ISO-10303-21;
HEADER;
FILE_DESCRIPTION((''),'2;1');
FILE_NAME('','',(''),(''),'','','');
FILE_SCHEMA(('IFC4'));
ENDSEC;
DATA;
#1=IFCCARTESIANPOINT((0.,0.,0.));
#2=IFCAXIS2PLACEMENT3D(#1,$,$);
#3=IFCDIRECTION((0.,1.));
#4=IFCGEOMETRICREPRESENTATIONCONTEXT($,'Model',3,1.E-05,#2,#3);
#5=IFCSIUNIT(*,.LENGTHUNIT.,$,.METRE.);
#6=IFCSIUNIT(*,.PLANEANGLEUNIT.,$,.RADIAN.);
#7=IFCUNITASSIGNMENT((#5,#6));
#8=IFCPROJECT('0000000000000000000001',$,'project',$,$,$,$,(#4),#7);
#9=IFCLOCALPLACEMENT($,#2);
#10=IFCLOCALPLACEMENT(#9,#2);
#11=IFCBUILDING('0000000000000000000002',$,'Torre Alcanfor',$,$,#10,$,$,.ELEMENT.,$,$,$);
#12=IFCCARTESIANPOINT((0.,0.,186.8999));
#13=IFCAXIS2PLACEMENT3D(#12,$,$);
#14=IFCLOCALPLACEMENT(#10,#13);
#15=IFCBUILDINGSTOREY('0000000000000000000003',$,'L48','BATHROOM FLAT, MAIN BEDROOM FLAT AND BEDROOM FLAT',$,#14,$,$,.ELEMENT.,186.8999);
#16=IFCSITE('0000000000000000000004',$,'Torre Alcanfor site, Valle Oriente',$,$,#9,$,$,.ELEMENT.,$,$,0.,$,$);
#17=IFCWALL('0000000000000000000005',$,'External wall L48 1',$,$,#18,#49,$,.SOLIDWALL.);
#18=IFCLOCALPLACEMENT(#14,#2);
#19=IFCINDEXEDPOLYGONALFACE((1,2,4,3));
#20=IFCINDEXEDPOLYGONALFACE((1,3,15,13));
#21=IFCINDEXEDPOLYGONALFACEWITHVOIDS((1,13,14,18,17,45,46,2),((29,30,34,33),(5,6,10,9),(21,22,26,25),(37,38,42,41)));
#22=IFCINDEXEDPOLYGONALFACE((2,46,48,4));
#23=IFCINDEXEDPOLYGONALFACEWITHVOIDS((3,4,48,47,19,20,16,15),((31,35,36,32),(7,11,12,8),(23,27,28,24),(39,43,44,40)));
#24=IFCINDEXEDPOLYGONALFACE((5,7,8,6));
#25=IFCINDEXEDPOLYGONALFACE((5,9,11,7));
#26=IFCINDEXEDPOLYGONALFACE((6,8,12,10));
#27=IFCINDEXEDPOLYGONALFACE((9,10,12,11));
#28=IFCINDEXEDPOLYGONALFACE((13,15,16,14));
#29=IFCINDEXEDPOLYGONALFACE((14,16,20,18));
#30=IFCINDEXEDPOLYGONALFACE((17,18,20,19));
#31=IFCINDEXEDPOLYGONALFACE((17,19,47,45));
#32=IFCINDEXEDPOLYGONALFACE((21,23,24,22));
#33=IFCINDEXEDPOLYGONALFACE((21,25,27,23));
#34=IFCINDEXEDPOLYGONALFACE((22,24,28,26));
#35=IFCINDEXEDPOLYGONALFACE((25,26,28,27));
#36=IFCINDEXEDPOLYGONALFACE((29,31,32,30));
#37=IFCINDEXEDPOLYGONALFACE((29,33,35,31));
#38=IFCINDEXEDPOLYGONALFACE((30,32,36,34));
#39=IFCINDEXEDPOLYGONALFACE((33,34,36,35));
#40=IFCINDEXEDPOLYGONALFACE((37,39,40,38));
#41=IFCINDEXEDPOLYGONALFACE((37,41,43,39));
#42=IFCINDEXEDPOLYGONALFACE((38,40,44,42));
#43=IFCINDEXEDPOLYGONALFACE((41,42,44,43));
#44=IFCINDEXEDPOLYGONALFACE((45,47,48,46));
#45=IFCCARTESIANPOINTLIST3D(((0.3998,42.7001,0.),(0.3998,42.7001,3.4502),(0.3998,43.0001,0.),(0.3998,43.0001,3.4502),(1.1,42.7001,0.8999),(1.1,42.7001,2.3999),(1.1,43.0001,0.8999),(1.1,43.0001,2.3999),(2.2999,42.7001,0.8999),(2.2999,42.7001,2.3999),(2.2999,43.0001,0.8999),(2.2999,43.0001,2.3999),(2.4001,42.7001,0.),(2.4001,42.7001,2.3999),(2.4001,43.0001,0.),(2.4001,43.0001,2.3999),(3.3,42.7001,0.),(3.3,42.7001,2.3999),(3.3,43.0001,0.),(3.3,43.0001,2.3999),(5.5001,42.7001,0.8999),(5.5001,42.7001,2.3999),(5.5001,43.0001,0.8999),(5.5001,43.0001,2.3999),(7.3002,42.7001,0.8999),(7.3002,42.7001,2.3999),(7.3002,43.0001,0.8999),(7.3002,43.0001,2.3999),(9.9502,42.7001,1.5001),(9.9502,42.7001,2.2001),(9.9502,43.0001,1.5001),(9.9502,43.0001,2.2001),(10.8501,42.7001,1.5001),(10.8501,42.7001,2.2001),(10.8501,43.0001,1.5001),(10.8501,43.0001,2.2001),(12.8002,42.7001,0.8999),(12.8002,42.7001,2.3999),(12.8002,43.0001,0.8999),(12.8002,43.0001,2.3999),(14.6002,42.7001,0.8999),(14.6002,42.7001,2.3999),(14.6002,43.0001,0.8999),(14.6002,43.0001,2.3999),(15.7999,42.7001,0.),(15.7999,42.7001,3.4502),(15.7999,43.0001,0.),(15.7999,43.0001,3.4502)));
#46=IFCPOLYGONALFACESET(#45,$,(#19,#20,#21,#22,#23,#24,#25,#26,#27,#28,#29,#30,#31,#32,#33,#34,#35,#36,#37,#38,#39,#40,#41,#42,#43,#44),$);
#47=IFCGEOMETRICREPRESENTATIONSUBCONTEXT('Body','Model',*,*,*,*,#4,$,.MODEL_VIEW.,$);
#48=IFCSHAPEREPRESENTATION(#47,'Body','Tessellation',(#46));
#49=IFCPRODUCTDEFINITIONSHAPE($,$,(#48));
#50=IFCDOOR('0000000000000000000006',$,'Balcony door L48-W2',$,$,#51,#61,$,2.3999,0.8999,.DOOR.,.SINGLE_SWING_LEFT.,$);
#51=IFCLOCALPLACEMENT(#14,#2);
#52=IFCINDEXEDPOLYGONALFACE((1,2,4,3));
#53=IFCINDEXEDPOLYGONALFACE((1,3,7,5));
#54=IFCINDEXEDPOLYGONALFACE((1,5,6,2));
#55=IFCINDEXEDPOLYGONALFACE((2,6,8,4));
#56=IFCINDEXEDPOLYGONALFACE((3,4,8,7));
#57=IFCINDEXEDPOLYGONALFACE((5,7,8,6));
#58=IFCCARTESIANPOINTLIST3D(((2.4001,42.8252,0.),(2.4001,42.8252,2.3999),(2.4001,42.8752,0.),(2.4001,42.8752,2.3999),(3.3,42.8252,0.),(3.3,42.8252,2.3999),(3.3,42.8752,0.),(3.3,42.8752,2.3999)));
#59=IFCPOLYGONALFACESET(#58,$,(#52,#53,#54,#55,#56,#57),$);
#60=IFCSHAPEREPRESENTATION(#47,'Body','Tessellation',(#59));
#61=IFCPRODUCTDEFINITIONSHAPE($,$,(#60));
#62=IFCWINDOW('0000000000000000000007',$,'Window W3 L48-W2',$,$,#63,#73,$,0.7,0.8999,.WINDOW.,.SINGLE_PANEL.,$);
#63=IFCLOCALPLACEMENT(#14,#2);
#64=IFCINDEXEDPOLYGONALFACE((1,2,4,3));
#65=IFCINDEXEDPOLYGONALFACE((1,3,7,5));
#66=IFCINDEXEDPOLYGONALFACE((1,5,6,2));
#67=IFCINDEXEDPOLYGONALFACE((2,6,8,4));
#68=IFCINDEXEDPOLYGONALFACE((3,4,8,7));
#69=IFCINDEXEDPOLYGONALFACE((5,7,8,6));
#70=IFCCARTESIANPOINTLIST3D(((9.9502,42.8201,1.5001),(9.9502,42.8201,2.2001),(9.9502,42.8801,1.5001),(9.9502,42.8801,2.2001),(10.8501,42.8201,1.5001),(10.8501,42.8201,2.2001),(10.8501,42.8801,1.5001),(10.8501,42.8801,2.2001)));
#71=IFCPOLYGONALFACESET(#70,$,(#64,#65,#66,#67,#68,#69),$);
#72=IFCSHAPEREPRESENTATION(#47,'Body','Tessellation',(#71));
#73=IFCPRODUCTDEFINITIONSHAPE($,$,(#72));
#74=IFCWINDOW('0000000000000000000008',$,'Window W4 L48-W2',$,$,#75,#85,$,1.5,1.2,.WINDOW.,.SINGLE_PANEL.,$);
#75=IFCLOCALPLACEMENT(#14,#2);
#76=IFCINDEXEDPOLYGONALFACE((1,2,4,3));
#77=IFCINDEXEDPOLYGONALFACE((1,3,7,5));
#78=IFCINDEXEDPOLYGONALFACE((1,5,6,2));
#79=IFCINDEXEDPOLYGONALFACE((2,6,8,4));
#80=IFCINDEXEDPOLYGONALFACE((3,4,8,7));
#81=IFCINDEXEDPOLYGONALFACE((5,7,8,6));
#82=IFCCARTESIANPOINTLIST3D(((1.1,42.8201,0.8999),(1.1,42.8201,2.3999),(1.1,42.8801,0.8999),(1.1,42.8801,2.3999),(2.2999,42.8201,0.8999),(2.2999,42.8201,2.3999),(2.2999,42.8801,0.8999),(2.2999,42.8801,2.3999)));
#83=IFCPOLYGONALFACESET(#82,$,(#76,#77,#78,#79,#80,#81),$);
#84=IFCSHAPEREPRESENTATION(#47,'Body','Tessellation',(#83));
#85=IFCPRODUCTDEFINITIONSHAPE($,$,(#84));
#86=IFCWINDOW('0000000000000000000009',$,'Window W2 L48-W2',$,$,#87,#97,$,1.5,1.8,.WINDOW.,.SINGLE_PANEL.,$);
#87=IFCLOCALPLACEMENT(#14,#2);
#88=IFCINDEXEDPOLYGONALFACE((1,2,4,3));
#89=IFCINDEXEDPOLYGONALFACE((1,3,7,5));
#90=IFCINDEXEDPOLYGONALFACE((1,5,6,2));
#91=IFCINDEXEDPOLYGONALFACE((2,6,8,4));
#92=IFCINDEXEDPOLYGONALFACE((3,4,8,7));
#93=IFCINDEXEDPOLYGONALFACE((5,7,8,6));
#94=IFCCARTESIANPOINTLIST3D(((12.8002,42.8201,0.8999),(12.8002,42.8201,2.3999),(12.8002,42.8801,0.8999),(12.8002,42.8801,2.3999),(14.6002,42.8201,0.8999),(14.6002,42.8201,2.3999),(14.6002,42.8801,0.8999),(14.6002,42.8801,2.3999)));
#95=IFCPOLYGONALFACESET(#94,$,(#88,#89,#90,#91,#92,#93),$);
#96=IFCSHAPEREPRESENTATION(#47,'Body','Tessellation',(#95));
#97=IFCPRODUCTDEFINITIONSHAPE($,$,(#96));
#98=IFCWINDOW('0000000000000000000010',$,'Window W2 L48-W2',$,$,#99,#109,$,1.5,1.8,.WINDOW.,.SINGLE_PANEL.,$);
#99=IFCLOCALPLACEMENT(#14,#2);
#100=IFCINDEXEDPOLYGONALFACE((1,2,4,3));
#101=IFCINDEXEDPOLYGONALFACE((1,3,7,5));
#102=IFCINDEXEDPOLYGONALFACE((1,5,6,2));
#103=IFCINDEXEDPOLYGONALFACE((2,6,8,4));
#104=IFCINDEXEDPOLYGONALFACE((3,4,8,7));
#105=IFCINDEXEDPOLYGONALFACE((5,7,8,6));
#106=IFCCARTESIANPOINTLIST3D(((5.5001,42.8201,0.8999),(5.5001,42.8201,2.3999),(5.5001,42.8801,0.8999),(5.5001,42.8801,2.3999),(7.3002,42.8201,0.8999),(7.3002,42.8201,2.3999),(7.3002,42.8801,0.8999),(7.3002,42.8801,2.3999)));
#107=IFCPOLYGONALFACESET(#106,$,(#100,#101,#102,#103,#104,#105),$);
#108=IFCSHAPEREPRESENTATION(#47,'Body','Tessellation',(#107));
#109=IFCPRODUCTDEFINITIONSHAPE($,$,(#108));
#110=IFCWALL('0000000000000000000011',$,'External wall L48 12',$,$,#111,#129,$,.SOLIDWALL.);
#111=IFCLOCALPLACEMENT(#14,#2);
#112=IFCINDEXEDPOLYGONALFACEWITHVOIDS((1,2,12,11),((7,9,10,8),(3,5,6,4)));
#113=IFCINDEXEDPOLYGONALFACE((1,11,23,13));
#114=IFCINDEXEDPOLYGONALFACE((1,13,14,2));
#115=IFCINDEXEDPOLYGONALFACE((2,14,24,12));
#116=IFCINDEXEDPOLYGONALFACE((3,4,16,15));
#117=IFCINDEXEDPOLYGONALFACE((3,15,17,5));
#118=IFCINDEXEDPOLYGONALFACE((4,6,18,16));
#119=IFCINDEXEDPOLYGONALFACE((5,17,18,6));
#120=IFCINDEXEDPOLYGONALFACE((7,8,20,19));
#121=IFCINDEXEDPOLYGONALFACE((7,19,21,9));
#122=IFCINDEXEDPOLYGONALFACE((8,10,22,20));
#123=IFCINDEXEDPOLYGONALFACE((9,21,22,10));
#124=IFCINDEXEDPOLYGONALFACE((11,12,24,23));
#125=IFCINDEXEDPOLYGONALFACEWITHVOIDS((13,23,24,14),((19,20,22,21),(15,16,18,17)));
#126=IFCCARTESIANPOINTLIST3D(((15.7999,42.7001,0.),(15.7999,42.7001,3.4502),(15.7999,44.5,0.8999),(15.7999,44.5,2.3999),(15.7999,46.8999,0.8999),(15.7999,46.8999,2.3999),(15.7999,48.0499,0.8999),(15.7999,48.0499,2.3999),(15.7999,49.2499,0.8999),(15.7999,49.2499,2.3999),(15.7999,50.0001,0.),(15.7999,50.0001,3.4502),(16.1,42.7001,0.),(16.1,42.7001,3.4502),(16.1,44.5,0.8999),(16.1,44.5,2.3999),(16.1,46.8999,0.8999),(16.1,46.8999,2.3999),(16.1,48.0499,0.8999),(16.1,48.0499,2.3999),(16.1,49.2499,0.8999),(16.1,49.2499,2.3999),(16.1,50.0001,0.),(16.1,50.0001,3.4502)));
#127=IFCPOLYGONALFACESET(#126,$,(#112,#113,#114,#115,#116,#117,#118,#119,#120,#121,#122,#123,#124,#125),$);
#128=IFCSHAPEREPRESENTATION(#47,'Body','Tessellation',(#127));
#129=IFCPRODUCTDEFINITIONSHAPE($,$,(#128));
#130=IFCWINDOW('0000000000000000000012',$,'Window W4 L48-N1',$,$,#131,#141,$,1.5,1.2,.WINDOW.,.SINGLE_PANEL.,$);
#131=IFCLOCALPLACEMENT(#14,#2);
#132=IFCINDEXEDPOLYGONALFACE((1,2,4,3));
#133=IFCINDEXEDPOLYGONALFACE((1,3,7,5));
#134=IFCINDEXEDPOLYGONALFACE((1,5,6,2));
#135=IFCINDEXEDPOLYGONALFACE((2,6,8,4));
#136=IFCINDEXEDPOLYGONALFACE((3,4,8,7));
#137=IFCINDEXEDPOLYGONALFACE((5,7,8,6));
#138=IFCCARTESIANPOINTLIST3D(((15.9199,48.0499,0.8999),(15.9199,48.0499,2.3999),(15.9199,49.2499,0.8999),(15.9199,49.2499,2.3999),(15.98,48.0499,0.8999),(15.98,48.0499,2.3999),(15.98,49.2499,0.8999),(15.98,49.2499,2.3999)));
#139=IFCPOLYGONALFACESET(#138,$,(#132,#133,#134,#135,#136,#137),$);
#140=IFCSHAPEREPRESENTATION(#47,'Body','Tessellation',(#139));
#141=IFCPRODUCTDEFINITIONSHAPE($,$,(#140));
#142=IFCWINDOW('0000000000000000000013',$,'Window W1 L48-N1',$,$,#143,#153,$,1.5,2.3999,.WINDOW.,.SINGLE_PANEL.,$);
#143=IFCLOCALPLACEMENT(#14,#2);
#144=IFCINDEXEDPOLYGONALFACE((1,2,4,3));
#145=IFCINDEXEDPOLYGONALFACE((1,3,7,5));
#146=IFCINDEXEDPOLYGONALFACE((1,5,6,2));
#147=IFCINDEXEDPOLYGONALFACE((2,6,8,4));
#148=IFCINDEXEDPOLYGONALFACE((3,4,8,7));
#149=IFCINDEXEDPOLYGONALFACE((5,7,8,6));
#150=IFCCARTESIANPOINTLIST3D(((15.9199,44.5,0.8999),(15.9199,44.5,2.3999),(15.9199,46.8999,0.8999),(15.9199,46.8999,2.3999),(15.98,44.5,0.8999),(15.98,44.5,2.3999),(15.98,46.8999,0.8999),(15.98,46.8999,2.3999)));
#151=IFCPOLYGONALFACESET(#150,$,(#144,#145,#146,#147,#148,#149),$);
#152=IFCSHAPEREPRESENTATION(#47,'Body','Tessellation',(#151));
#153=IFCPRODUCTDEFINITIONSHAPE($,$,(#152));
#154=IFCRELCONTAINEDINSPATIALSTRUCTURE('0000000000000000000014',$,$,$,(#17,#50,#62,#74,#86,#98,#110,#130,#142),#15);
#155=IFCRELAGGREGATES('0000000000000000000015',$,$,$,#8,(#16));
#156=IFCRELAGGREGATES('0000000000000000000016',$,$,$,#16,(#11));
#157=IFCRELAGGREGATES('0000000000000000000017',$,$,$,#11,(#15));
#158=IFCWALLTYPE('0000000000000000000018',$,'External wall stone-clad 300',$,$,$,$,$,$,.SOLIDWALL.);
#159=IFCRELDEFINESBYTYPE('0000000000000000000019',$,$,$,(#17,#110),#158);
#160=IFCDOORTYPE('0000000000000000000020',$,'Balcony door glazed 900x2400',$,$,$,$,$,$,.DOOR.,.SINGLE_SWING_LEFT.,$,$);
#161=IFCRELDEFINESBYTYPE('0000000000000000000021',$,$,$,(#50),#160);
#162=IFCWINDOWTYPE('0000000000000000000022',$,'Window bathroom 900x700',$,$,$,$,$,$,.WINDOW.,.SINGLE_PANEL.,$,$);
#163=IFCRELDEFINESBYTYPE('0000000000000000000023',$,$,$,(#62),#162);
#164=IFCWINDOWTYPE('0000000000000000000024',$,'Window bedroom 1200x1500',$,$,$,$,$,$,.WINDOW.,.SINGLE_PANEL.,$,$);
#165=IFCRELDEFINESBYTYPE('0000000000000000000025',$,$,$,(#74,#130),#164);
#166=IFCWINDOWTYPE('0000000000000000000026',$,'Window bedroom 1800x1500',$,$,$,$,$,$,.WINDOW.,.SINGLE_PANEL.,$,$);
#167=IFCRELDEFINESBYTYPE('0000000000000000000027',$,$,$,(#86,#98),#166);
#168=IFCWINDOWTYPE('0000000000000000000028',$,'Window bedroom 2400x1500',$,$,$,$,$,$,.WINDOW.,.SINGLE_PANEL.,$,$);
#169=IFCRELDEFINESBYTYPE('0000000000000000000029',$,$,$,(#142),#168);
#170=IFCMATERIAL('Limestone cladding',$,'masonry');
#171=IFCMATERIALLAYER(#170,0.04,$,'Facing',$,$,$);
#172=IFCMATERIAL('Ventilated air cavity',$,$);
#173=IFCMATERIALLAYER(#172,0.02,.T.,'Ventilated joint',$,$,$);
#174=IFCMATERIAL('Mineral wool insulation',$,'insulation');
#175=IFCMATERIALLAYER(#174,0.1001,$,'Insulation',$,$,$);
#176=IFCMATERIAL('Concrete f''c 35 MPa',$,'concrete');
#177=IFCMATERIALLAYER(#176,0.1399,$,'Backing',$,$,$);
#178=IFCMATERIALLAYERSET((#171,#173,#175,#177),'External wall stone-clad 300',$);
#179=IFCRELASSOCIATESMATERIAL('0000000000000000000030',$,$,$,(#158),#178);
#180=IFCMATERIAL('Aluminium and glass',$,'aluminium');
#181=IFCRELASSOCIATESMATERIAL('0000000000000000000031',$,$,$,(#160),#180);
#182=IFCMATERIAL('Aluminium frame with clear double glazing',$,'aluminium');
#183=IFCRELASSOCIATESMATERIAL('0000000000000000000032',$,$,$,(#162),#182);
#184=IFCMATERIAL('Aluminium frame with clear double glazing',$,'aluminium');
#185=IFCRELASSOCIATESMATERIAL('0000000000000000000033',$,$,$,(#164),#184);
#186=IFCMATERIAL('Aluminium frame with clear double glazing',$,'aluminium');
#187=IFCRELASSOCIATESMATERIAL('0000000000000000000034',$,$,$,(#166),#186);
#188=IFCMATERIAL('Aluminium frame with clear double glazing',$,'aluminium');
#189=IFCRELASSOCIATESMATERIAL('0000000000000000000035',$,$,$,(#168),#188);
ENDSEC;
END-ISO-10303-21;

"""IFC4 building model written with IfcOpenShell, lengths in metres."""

from ifc_helpers import new_model, si_unit, direction, frame, frame_2d, origin, place, context, subcontext, project, spatial, rectangle, extrude, material, layer, layer_set, type_object, element, fill, save


model = new_model("IFC4")

# Units and contexts
model_context = context("Model", 3, precision=1e-05, world=origin(), true_north=direction((0.0, 1.0)))
body_context = subcontext(model_context, "Body", "Model", "MODEL_VIEW")
ifc_project = project(units=[si_unit("LENGTHUNIT", "METRE"), si_unit("PLANEANGLEUNIT", "RADIAN")], contexts=[model_context])

# Site, building, storey
site_placement = place(None, origin())
site = spatial("IfcSite", under=ifc_project, at=site_placement, Name="Torre Alcanfor site, Valle Oriente", CompositionType="ELEMENT", RefElevation=0.0)
building_placement = place(site_placement, origin())
building = spatial("IfcBuilding", under=site, at=building_placement, Name="Torre Alcanfor", CompositionType="ELEMENT")
storey_placement = place(building_placement, frame((0.0, 0.0, 186.8999)))
storey = spatial("IfcBuildingStorey", under=building, at=storey_placement, Name="L48", Description="BATHROOM FLAT, MAIN BEDROOM FLAT AND BEDROOM FLAT", CompositionType="ELEMENT", Elevation=186.8999)

# Wall, openings, door, windows
ifc_material_1 = material(Name="Limestone cladding", Category="masonry")
ifc_layer_1 = layer(ifc_material_1, 0.04, Name="Facing")
ifc_material_2 = material(Name="Ventilated air cavity")
ifc_layer_2 = layer(ifc_material_2, 0.02, ventilated=True, Name="Ventilated joint")
ifc_material_3 = material(Name="Mineral wool insulation", Category="insulation")
ifc_layer_3 = layer(ifc_material_3, 0.1001, Name="Insulation")
ifc_material_4 = material(Name="Concrete f'c 35 MPa", Category="concrete")
ifc_layer_4 = layer(ifc_material_4, 0.1399, Name="Backing")
ifc_layer_set_1 = layer_set([ifc_layer_1, ifc_layer_2, ifc_layer_3, ifc_layer_4], Name="External wall stone-clad 300")
wall_type_1 = type_object("IfcWallType", Name="External wall stone-clad 300", PredefinedType="SOLIDWALL", material=ifc_layer_set_1)
wall_1_placement = place(storey_placement, frame((15.8, 42.8501, 0.0), z_axis=(0.0, 0.0, 1.0), x_axis=(-1.0, 0.0, 0.0)))
wall_1 = element("IfcWall", 1, at=wall_1_placement, inside=storey, type_object=wall_type_1, Name="External wall L48 1", PredefinedType="SOLIDWALL", context=body_context, shape_type="SweptSolid", body=[
    extrude(rectangle(XDim=15.4001, YDim=0.3, at=frame_2d((7.7002, 0.0))), origin(), (0.0, 0.0, 1.0), 3.4502),
])
opening_1_placement = place(wall_1_placement, frame((1.2, 0.0, 0.8999)))
opening_1 = element("IfcOpeningElement", 2, at=opening_1_placement, cuts=wall_1, PredefinedType="OPENING", context=body_context, shape_type="SweptSolid", body=[
    extrude(rectangle(XDim=1.8, YDim=1.5, at=frame_2d((0.8999, 0.75))), frame((0.0, 0.1599, 0.0), z_axis=(0.0, -1.0, 0.0), x_axis=(1.0, 0.0, 0.0)), (0.0, 0.0, 1.0), 0.3201),
])
opening_2_placement = place(wall_1_placement, frame((4.95, 0.0, 1.5)))
opening_2 = element("IfcOpeningElement", 3, at=opening_2_placement, cuts=wall_1, PredefinedType="OPENING", context=body_context, shape_type="SweptSolid", body=[
    extrude(rectangle(XDim=0.8999, YDim=0.7, at=frame_2d((0.45, 0.3501))), frame((0.0, 0.1599, 0.0), z_axis=(0.0, -1.0, 0.0), x_axis=(1.0, 0.0, 0.0)), (0.0, 0.0, 1.0), 0.3201),
])
opening_3_placement = place(wall_1_placement, frame((8.5, 0.0, 0.8999)))
opening_3 = element("IfcOpeningElement", 4, at=opening_3_placement, cuts=wall_1, PredefinedType="OPENING", context=body_context, shape_type="SweptSolid", body=[
    extrude(rectangle(XDim=1.8, YDim=1.5, at=frame_2d((0.8999, 0.75))), frame((0.0, 0.1599, 0.0), z_axis=(0.0, -1.0, 0.0), x_axis=(1.0, 0.0, 0.0)), (0.0, 0.0, 1.0), 0.3201),
])
opening_4_placement = place(wall_1_placement, frame((12.5, 0.0, 0.0)))
opening_4 = element("IfcOpeningElement", 5, at=opening_4_placement, cuts=wall_1, PredefinedType="OPENING", context=body_context, shape_type="SweptSolid", body=[
    extrude(rectangle(XDim=0.8999, YDim=2.3999, at=frame_2d((0.45, 1.2))), frame((0.0, 0.1599, 0.0), z_axis=(0.0, -1.0, 0.0), x_axis=(1.0, 0.0, 0.0)), (0.0, 0.0, 1.0), 0.3201),
])
opening_5_placement = place(wall_1_placement, frame((13.5, 0.0, 0.8999)))
opening_5 = element("IfcOpeningElement", 6, at=opening_5_placement, cuts=wall_1, PredefinedType="OPENING", context=body_context, shape_type="SweptSolid", body=[
    extrude(rectangle(XDim=1.2, YDim=1.5, at=frame_2d((0.6001, 0.75))), frame((0.0, 0.1599, 0.0), z_axis=(0.0, -1.0, 0.0), x_axis=(1.0, 0.0, 0.0)), (0.0, 0.0, 1.0), 0.3201),
])
ifc_material_5 = material(Name="Aluminium and glass", Category="aluminium")
door_type = type_object("IfcDoorType", Name="Balcony door glazed 900x2400", OperationType="SINGLE_SWING_LEFT", PredefinedType="DOOR", material=ifc_material_5)
door_placement = place(opening_4_placement, origin())
door = element("IfcDoor", 7, at=door_placement, inside=storey, type_object=door_type, Name="Balcony door L48-W2", OperationType="SINGLE_SWING_LEFT", OverallHeight=2.3999, OverallWidth=0.8999, PredefinedType="DOOR", context=body_context, shape_type="SweptSolid", body=[
    extrude(rectangle(XDim=0.8999, YDim=2.3999, at=frame_2d((0.45, 1.2))), frame((0.0, 0.0249, 0.0), z_axis=(0.0, -1.0, 0.0), x_axis=(1.0, 0.0, 0.0)), (0.0, 0.0, 1.0), 0.05),
])
fill(opening_4, door)
ifc_material_6 = material(Name="Aluminium frame with clear double glazing", Category="aluminium")
window_type_1 = type_object("IfcWindowType", Name="Window bathroom 900x700", PartitioningType="SINGLE_PANEL", PredefinedType="WINDOW", material=ifc_material_6)
window_1_placement = place(opening_2_placement, origin())
window_1 = element("IfcWindow", 8, at=window_1_placement, inside=storey, type_object=window_type_1, Name="Window W3 L48-W2", OverallHeight=0.7, OverallWidth=0.8999, PartitioningType="SINGLE_PANEL", PredefinedType="WINDOW", context=body_context, shape_type="SweptSolid", body=[
    extrude(rectangle(XDim=0.8999, YDim=0.7, at=frame_2d((0.45, 0.3501))), frame((0.0, 0.03, 0.0), z_axis=(0.0, -1.0, 0.0), x_axis=(1.0, 0.0, 0.0)), (0.0, 0.0, 1.0), 0.0601),
])
fill(opening_2, window_1)
ifc_material_7 = material(Name="Aluminium frame with clear double glazing", Category="aluminium")
window_type_2 = type_object("IfcWindowType", Name="Window bedroom 1200x1500", PartitioningType="SINGLE_PANEL", PredefinedType="WINDOW", material=ifc_material_7)
window_2_placement = place(opening_5_placement, origin())
window_2 = element("IfcWindow", 9, at=window_2_placement, inside=storey, type_object=window_type_2, Name="Window W4 L48-W2", OverallHeight=1.5, OverallWidth=1.2, PartitioningType="SINGLE_PANEL", PredefinedType="WINDOW", context=body_context, shape_type="SweptSolid", body=[
    extrude(rectangle(XDim=1.2, YDim=1.5, at=frame_2d((0.6001, 0.75))), frame((0.0, 0.03, 0.0), z_axis=(0.0, -1.0, 0.0), x_axis=(1.0, 0.0, 0.0)), (0.0, 0.0, 1.0), 0.0601),
])
fill(opening_5, window_2)
ifc_material_8 = material(Name="Aluminium frame with clear double glazing", Category="aluminium")
window_type_3 = type_object("IfcWindowType", Name="Window bedroom 1800x1500", PartitioningType="SINGLE_PANEL", PredefinedType="WINDOW", material=ifc_material_8)
window_3_placement = place(opening_1_placement, origin())
window_3 = element("IfcWindow", 10, at=window_3_placement, inside=storey, type_object=window_type_3, Name="Window W2 L48-W2", OverallHeight=1.5, OverallWidth=1.8, PartitioningType="SINGLE_PANEL", PredefinedType="WINDOW", context=body_context, shape_type="SweptSolid", body=[
    extrude(rectangle(XDim=1.8, YDim=1.5, at=frame_2d((0.8999, 0.75))), frame((0.0, 0.03, 0.0), z_axis=(0.0, -1.0, 0.0), x_axis=(1.0, 0.0, 0.0)), (0.0, 0.0, 1.0), 0.0601),
])
fill(opening_1, window_3)
window_4_placement = place(opening_3_placement, origin())
window_4 = element("IfcWindow", 11, at=window_4_placement, inside=storey, type_object=window_type_3, Name="Window W2 L48-W2", OverallHeight=1.5, OverallWidth=1.8, PartitioningType="SINGLE_PANEL", PredefinedType="WINDOW", context=body_context, shape_type="SweptSolid", body=[
    extrude(rectangle(XDim=1.8, YDim=1.5, at=frame_2d((0.8999, 0.75))), frame((0.0, 0.03, 0.0), z_axis=(0.0, -1.0, 0.0), x_axis=(1.0, 0.0, 0.0)), (0.0, 0.0, 1.0), 0.0601),
])
fill(opening_3, window_4)

# Wall, openings, windows
wall_2_placement = place(storey_placement, frame((15.95, 50.0, 0.0), z_axis=(0.0, 0.0, 1.0), x_axis=(0.0, -1.0, 0.0)))
wall_2 = element("IfcWall", 12, at=wall_2_placement, inside=storey, type_object=wall_type_1, Name="External wall L48 12", PredefinedType="SOLIDWALL", context=body_context, shape_type="SweptSolid", body=[
    extrude(rectangle(XDim=7.3, YDim=0.3, at=frame_2d((3.6499, 0.0))), origin(), (0.0, 0.0, 1.0), 3.4502),
])
opening_6_placement = place(wall_2_placement, frame((3.1001, 0.0, 0.8999)))
opening_6 = element("IfcOpeningElement", 13, at=opening_6_placement, cuts=wall_2, PredefinedType="OPENING", context=body_context, shape_type="SweptSolid", body=[
    extrude(rectangle(XDim=2.3999, YDim=1.5, at=frame_2d((1.2, 0.75))), frame((0.0, 0.1599, 0.0), z_axis=(0.0, -1.0, 0.0), x_axis=(1.0, 0.0, 0.0)), (0.0, 0.0, 1.0), 0.3201),
])
opening_7_placement = place(wall_2_placement, frame((0.75, 0.0, 0.8999)))
opening_7 = element("IfcOpeningElement", 14, at=opening_7_placement, cuts=wall_2, PredefinedType="OPENING", context=body_context, shape_type="SweptSolid", body=[
    extrude(rectangle(XDim=1.2, YDim=1.5, at=frame_2d((0.6001, 0.75))), frame((0.0, 0.1599, 0.0), z_axis=(0.0, -1.0, 0.0), x_axis=(1.0, 0.0, 0.0)), (0.0, 0.0, 1.0), 0.3201),
])
window_5_placement = place(opening_7_placement, origin())
window_5 = element("IfcWindow", 15, at=window_5_placement, inside=storey, type_object=window_type_2, Name="Window W4 L48-N1", OverallHeight=1.5, OverallWidth=1.2, PartitioningType="SINGLE_PANEL", PredefinedType="WINDOW", context=body_context, shape_type="SweptSolid", body=[
    extrude(rectangle(XDim=1.2, YDim=1.5, at=frame_2d((0.6001, 0.75))), frame((0.0, 0.03, 0.0), z_axis=(0.0, -1.0, 0.0), x_axis=(1.0, 0.0, 0.0)), (0.0, 0.0, 1.0), 0.0601),
])
fill(opening_7, window_5)
ifc_material_9 = material(Name="Aluminium frame with clear double glazing", Category="aluminium")
window_type_4 = type_object("IfcWindowType", Name="Window bedroom 2400x1500", PartitioningType="SINGLE_PANEL", PredefinedType="WINDOW", material=ifc_material_9)
window_6_placement = place(opening_6_placement, origin())
window_6 = element("IfcWindow", 16, at=window_6_placement, inside=storey, type_object=window_type_4, Name="Window W1 L48-N1", OverallHeight=1.5, OverallWidth=2.3999, PartitioningType="SINGLE_PANEL", PredefinedType="WINDOW", context=body_context, shape_type="SweptSolid", body=[
    extrude(rectangle(XDim=2.3999, YDim=1.5, at=frame_2d((1.2, 0.75))), frame((0.0, 0.03, 0.0), z_axis=(0.0, -1.0, 0.0), x_axis=(1.0, 0.0, 0.0)), (0.0, 0.0, 1.0), 0.0601),
])
fill(opening_6, window_6)

save(model, "model.ifc")
